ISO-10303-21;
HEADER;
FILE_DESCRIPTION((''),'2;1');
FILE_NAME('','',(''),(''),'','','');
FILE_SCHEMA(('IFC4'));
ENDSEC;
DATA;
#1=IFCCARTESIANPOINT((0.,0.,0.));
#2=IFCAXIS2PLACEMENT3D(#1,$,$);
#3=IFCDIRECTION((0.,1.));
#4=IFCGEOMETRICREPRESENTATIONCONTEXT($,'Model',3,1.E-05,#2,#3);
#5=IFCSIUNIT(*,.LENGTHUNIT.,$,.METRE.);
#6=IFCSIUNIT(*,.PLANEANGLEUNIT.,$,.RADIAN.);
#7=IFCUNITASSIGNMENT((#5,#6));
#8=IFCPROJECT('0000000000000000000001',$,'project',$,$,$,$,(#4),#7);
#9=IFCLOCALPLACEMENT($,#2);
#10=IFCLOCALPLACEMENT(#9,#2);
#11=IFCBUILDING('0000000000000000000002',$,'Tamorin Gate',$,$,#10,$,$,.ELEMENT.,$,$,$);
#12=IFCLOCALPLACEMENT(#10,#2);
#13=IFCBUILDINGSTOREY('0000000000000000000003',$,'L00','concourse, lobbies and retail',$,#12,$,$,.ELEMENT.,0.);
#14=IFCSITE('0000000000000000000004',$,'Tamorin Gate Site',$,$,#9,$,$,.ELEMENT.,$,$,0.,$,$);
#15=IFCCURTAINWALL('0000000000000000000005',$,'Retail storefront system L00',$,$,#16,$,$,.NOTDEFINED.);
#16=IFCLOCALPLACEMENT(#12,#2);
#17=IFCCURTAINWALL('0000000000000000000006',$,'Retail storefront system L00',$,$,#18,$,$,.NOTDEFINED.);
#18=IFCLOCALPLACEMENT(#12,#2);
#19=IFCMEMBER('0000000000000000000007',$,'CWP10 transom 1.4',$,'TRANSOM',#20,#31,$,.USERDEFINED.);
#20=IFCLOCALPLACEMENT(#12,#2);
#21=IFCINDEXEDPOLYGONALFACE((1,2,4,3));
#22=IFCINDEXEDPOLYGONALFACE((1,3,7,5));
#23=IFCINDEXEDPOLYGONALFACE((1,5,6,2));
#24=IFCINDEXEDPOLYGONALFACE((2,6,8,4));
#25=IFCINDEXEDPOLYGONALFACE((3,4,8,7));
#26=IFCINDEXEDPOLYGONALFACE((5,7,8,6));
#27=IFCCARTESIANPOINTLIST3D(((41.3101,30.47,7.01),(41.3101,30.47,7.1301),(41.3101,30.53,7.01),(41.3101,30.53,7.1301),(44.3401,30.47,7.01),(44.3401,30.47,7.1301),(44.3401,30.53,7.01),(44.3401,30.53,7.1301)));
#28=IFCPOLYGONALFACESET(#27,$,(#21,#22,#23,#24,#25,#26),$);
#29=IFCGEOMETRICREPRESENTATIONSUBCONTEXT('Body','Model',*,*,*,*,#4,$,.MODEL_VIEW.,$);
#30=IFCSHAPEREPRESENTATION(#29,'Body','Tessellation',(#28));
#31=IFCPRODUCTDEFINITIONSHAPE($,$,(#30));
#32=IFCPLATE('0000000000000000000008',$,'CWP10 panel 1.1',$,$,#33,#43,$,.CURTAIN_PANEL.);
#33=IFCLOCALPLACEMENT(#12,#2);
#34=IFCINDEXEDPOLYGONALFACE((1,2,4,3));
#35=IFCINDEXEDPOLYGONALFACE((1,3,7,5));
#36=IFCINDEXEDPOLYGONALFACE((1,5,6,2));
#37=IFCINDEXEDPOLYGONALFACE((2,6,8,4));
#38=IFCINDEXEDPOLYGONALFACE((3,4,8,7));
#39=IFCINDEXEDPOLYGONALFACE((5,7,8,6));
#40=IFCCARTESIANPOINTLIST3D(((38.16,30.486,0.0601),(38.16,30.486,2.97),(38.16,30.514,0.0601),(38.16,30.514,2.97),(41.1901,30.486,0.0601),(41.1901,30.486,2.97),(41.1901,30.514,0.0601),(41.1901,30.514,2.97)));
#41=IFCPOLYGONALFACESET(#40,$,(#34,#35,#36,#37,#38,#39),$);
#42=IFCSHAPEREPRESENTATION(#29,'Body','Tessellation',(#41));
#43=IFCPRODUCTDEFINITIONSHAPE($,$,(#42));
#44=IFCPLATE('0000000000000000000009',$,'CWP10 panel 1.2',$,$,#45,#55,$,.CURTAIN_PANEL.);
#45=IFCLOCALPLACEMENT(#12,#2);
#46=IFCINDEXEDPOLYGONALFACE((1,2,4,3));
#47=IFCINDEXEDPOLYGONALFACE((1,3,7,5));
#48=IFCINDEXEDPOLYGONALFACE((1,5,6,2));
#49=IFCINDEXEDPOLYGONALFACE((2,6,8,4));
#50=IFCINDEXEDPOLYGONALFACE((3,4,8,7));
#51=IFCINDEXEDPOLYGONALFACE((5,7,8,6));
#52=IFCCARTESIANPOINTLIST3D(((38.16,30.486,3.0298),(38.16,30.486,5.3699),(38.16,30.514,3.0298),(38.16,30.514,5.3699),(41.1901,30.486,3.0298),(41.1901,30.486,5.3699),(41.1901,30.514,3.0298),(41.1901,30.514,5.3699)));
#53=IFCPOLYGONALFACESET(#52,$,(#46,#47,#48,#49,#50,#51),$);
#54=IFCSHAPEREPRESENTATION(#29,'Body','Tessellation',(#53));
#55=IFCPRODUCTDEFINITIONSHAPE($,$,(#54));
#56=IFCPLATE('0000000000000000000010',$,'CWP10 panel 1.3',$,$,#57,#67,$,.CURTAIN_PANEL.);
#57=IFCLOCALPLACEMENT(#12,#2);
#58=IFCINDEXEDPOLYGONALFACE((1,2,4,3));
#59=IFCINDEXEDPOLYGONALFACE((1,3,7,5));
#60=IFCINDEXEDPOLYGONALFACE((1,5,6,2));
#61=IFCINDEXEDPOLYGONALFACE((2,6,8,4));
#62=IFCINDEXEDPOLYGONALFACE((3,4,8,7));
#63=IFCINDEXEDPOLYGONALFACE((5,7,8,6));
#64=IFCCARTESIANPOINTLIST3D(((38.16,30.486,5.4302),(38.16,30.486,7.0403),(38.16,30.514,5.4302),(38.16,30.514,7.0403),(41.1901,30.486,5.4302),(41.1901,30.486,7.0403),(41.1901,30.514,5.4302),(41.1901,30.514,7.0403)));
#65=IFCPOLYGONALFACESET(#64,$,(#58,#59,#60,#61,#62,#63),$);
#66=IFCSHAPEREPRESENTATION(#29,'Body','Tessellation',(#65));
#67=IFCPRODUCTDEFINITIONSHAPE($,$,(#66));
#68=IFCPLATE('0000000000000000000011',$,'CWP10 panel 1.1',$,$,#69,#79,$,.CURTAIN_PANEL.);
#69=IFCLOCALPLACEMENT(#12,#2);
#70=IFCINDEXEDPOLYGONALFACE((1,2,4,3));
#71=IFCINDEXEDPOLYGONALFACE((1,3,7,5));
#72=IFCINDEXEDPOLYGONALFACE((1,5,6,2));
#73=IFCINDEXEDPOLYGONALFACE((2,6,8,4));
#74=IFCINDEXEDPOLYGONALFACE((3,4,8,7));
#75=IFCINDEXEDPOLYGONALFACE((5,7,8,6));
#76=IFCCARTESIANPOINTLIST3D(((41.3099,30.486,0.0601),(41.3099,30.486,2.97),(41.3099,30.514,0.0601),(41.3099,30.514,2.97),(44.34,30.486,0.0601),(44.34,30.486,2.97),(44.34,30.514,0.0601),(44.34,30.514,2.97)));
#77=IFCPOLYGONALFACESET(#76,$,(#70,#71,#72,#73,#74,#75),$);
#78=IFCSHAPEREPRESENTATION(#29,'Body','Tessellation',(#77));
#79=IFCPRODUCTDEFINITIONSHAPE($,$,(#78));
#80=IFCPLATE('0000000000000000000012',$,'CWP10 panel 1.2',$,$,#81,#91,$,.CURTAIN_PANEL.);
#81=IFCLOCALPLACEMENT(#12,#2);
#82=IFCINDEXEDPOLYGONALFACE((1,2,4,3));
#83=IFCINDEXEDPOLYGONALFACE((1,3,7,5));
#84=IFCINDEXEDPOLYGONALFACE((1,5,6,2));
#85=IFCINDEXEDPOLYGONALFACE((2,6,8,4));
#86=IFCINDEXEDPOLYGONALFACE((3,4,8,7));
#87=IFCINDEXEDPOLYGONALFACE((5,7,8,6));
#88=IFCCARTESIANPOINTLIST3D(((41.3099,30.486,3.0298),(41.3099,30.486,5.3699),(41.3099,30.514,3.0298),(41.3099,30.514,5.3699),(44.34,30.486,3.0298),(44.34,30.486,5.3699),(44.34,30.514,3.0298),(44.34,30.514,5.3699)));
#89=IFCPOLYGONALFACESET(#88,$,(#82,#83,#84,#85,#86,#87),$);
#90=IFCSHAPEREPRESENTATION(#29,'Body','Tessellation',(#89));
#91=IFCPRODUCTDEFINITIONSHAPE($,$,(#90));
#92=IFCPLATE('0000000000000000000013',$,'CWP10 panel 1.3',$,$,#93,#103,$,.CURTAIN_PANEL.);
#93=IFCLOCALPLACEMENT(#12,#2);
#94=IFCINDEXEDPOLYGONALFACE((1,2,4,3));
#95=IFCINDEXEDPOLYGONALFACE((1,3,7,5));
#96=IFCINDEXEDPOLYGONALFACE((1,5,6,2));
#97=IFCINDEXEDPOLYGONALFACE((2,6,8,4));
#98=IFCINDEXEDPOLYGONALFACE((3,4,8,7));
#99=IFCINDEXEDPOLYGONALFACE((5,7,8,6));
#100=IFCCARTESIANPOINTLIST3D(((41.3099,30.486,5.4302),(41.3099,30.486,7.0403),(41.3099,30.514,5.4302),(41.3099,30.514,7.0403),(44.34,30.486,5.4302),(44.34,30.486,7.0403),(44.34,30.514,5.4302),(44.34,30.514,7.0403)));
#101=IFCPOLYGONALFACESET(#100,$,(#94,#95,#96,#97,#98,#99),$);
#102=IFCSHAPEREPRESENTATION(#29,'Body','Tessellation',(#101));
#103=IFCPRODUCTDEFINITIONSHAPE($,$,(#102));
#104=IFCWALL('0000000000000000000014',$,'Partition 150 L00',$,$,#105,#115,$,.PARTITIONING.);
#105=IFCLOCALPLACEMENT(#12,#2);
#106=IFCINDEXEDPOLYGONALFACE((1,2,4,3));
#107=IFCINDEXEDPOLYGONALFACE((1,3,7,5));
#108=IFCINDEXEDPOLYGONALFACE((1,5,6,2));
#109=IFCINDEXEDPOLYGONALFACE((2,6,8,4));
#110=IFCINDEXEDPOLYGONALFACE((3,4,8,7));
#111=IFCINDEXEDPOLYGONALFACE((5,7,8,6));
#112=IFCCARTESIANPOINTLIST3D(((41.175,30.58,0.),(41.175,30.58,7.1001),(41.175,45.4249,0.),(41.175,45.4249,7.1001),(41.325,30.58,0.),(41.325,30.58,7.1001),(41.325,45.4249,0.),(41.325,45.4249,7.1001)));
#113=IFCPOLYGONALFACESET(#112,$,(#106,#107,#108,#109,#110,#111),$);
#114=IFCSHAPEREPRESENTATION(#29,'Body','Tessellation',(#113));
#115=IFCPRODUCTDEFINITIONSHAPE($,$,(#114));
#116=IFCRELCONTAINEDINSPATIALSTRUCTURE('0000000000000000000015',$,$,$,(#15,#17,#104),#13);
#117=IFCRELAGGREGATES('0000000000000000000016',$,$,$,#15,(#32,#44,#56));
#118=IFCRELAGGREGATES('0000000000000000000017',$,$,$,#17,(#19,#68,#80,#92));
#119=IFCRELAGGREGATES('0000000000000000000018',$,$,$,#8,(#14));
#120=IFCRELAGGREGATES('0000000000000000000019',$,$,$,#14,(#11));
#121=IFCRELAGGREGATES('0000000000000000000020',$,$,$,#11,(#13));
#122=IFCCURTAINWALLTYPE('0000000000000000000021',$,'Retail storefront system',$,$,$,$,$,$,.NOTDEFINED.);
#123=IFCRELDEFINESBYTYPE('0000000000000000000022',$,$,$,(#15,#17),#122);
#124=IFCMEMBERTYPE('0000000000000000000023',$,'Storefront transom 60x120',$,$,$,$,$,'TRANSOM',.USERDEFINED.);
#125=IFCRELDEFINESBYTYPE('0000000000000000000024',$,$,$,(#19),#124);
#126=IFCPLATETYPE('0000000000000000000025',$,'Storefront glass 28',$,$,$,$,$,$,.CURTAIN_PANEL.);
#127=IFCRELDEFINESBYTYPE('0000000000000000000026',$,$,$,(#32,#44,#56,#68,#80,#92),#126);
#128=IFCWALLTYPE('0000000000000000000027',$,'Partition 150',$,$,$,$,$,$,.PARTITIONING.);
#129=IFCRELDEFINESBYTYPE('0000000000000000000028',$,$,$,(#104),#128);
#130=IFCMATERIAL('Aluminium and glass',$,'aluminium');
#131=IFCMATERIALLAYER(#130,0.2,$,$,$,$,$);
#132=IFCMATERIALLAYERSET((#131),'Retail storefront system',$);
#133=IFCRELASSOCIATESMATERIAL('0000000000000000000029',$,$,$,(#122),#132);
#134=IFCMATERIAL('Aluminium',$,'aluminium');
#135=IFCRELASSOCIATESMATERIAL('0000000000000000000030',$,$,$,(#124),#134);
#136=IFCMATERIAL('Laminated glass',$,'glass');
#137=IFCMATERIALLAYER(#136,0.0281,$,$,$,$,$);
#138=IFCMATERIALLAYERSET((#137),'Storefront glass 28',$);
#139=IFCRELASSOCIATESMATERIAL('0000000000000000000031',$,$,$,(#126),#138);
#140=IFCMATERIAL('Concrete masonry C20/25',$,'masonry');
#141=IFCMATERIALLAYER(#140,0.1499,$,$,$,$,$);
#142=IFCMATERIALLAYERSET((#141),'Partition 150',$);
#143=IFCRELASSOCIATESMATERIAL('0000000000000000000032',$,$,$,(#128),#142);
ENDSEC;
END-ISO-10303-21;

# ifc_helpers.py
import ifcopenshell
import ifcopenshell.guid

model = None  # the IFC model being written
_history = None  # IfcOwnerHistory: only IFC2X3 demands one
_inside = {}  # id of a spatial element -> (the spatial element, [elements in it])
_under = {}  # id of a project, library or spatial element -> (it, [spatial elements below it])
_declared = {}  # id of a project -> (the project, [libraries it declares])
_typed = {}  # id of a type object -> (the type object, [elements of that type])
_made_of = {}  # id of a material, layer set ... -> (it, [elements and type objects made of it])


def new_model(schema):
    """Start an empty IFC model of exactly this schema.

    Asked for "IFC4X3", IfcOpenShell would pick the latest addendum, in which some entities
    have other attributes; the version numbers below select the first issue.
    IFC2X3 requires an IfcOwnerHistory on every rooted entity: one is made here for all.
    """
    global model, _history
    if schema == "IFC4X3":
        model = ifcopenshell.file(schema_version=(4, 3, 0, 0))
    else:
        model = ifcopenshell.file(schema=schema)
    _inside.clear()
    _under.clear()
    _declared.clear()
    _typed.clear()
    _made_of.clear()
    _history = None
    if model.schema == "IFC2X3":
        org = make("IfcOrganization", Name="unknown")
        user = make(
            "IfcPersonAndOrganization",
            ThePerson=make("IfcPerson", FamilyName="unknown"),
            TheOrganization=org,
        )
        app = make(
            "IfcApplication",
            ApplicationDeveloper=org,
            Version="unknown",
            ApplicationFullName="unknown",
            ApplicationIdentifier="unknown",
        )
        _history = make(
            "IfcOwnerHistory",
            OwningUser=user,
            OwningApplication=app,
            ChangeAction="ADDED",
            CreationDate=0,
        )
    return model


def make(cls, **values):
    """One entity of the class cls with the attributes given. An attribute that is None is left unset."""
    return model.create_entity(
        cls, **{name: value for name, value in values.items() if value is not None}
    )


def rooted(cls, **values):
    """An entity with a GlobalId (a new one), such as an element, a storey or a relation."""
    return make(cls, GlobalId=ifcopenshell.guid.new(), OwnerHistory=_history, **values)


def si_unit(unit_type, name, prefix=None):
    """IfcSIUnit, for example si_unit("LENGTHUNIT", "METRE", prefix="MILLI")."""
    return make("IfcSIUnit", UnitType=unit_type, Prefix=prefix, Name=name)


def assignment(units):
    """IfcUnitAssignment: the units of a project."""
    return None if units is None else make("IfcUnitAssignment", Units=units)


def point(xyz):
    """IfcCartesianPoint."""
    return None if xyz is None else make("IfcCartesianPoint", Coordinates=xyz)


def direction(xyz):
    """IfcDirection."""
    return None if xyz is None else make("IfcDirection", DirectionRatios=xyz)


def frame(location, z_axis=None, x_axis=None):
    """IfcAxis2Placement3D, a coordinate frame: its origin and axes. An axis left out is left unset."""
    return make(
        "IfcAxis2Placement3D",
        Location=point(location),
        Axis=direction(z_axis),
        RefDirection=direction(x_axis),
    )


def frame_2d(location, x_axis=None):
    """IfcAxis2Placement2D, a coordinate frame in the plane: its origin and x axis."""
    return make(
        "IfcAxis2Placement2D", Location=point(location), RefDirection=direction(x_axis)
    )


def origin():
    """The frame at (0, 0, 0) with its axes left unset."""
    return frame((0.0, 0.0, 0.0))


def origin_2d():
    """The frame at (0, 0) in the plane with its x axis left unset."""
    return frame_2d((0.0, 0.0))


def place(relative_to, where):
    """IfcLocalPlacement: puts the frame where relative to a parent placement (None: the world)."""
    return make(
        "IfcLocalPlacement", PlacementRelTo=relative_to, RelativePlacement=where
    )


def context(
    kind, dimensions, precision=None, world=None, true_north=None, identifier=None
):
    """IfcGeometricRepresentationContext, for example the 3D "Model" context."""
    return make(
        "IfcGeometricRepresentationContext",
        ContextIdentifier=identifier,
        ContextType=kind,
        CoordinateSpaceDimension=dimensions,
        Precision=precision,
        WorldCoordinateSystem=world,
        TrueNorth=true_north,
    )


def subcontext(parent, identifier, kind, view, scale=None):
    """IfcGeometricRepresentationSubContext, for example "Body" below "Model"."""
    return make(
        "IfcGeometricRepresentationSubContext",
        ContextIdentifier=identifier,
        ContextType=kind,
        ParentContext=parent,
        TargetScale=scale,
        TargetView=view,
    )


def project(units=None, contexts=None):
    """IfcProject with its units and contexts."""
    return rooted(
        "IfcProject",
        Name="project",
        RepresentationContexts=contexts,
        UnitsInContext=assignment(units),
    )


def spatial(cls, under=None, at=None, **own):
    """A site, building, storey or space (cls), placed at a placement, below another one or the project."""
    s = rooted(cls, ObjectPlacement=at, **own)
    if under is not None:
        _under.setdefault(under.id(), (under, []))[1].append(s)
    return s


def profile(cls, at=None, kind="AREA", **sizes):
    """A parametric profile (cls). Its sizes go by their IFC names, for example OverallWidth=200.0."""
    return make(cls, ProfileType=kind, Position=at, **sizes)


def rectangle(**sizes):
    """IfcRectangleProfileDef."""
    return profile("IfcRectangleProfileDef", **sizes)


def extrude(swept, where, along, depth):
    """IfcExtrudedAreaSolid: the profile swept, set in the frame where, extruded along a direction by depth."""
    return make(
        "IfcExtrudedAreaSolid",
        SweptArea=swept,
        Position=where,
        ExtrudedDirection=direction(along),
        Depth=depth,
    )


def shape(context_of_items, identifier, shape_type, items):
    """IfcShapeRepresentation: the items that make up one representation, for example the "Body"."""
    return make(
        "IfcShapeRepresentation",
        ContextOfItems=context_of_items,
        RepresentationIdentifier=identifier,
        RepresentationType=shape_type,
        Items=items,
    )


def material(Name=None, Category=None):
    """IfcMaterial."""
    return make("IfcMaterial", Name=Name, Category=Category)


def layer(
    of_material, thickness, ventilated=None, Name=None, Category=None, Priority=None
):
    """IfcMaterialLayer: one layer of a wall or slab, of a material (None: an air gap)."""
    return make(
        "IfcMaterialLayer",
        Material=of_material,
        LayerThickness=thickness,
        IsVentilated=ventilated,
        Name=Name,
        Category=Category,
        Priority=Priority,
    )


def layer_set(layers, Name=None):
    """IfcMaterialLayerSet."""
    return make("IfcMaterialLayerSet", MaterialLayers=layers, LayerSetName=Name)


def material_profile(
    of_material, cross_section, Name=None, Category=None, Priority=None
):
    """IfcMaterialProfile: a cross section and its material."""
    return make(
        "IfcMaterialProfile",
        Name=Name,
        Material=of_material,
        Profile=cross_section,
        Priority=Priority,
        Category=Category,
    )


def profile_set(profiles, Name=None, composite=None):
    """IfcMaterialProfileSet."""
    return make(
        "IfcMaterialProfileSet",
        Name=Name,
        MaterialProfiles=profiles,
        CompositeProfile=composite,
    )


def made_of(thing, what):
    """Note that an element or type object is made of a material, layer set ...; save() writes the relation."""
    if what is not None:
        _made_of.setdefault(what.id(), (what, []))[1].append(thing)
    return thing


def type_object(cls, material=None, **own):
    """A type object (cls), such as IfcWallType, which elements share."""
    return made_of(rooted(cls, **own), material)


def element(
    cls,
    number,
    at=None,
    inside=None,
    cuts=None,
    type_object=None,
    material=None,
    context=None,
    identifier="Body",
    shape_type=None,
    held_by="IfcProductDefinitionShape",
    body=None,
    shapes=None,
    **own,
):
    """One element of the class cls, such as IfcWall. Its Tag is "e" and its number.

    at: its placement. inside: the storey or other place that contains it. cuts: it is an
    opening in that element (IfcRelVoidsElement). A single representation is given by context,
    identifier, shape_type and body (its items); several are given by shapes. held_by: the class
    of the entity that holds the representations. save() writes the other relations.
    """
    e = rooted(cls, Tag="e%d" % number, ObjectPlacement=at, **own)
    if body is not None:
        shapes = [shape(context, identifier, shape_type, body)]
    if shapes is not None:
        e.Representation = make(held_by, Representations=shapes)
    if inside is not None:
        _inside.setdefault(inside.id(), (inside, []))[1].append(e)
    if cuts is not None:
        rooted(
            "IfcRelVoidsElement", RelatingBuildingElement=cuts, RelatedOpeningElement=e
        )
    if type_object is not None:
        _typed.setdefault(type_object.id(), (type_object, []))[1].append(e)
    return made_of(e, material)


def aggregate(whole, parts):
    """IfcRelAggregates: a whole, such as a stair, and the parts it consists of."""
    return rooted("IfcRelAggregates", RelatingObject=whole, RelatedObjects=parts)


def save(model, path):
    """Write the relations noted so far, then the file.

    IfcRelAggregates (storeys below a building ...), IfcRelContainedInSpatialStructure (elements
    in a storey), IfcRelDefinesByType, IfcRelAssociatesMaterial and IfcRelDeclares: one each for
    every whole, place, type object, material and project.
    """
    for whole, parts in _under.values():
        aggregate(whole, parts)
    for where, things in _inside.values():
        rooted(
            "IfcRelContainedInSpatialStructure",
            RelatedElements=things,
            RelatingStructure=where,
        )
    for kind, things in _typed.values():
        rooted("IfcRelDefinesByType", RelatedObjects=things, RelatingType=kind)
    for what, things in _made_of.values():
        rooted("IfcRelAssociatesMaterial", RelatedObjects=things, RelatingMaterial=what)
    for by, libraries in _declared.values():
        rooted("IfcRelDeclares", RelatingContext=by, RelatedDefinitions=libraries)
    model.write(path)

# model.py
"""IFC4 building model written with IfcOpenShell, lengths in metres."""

from ifc_helpers import new_model, si_unit, direction, frame, frame_2d, origin, origin_2d, place, context, subcontext, project, spatial, rectangle, extrude, material, layer, layer_set, material_profile, profile_set, type_object, element, aggregate, save


model = new_model("IFC4")

# Units and contexts
model_context = context("Model", 3, precision=1e-05, world=origin(), true_north=direction((0.0, 1.0)))
body_context = subcontext(model_context, "Body", "Model", "MODEL_VIEW")
ifc_project = project(units=[si_unit("LENGTHUNIT", "METRE"), si_unit("PLANEANGLEUNIT", "RADIAN")], contexts=[model_context])

# Site, building, storey
site_placement = place(None, origin())
site = spatial("IfcSite", under=ifc_project, at=site_placement, Name="Tamorin Gate Site", CompositionType="ELEMENT", RefElevation=0.0)
building_placement = place(site_placement, origin())
building = spatial("IfcBuilding", under=site, at=building_placement, Name="Tamorin Gate", CompositionType="ELEMENT")
storey_placement = place(building_placement, origin())
storey = spatial("IfcBuildingStorey", under=building, at=storey_placement, Name="L00", Description="concourse, lobbies and retail", CompositionType="ELEMENT", Elevation=0.0)

# Curtain walls
ifc_material_1 = material(Name="Aluminium and glass", Category="aluminium")
ifc_layer_1 = layer(ifc_material_1, 0.2)
ifc_layer_set_1 = layer_set([ifc_layer_1], Name="Retail storefront system")
curtain_wall_type = type_object("IfcCurtainWallType", Name="Retail storefront system", PredefinedType="NOTDEFINED", material=ifc_layer_set_1)
curtain_wall_1_placement = place(storey_placement, origin())
curtain_wall_1 = element("IfcCurtainWall", 1, at=curtain_wall_1_placement, inside=storey, type_object=curtain_wall_type, Name="Retail storefront system L00", PredefinedType="NOTDEFINED")
ifc_material_2 = material(Name="Aluminium", Category="aluminium")
curtain_wall_2_placement = place(storey_placement, origin())
curtain_wall_2 = element("IfcCurtainWall", 2, at=curtain_wall_2_placement, inside=storey, type_object=curtain_wall_type, Name="Retail storefront system L00", PredefinedType="NOTDEFINED")

# Member
ifc_material_profile_1 = material_profile(ifc_material_2, rectangle(XDim=0.0601, YDim=0.1201, at=origin_2d()), Name="RECT 60x120")
ifc_profile_set_1 = profile_set([ifc_material_profile_1], Name="Aluminium")
member_type_1 = type_object("IfcMemberType", Name="Storefront transom 60x120", ElementType="TRANSOM", PredefinedType="USERDEFINED", material=ifc_profile_set_1)
member_1_placement = place(storey_placement, frame((41.3101, 30.5, 7.0701), z_axis=(1.0, 0.0, 0.0), x_axis=(0.0, 1.0, 0.0)))
member_1 = element("IfcMember", 3, at=member_1_placement, type_object=member_type_1, Name="CWP10 transom 1.4", ObjectType="TRANSOM", PredefinedType="USERDEFINED", context=body_context, shape_type="SweptSolid", body=[
    extrude(rectangle(XDim=0.0601, YDim=0.1201, at=origin_2d()), origin(), (0.0, 0.0, 1.0), 3.03),
])

# Plates
ifc_material_3 = material(Name="Laminated glass", Category="glass")
ifc_layer_2 = layer(ifc_material_3, 0.0281)
ifc_layer_set_2 = layer_set([ifc_layer_2], Name="Storefront glass 28")
plate_type = type_object("IfcPlateType", Name="Storefront glass 28", PredefinedType="CURTAIN_PANEL", material=ifc_layer_set_2)
plate_1_placement = place(storey_placement, frame((39.675, 30.5, 0.0601), z_axis=(0.0, 0.0, 1.0), x_axis=(1.0, 0.0, 0.0)))
plate_1 = element("IfcPlate", 4, at=plate_1_placement, type_object=plate_type, Name="CWP10 panel 1.1", PredefinedType="CURTAIN_PANEL", context=body_context, shape_type="SweptSolid", body=[
    extrude(rectangle(XDim=3.03, YDim=0.0281, at=origin_2d()), origin(), (0.0, 0.0, 1.0), 2.9099),
])
plate_2_placement = place(storey_placement, frame((39.675, 30.5, 3.0298), z_axis=(0.0, 0.0, 1.0), x_axis=(1.0, 0.0, 0.0)))
plate_2 = element("IfcPlate", 5, at=plate_2_placement, type_object=plate_type, Name="CWP10 panel 1.2", PredefinedType="CURTAIN_PANEL", context=body_context, shape_type="SweptSolid", body=[
    extrude(rectangle(XDim=3.03, YDim=0.0281, at=origin_2d()), origin(), (0.0, 0.0, 1.0), 2.3401),
])
plate_3_placement = place(storey_placement, frame((39.675, 30.5, 5.4302), z_axis=(0.0, 0.0, 1.0), x_axis=(1.0, 0.0, 0.0)))
plate_3 = element("IfcPlate", 6, at=plate_3_placement, type_object=plate_type, Name="CWP10 panel 1.3", PredefinedType="CURTAIN_PANEL", context=body_context, shape_type="SweptSolid", body=[
    extrude(rectangle(XDim=3.03, YDim=0.0281, at=origin_2d()), origin(), (0.0, 0.0, 1.0), 1.6101),
])
aggregate(curtain_wall_1, [plate_1, plate_2, plate_3])
plate_4_placement = place(storey_placement, frame((42.825, 30.5, 0.0601), z_axis=(0.0, 0.0, 1.0), x_axis=(1.0, 0.0, 0.0)))
plate_4 = element("IfcPlate", 7, at=plate_4_placement, type_object=plate_type, Name="CWP10 panel 1.1", PredefinedType="CURTAIN_PANEL", context=body_context, shape_type="SweptSolid", body=[
    extrude(rectangle(XDim=3.03, YDim=0.0281, at=origin_2d()), origin(), (0.0, 0.0, 1.0), 2.9099),
])
plate_5_placement = place(storey_placement, frame((42.825, 30.5, 3.0298), z_axis=(0.0, 0.0, 1.0), x_axis=(1.0, 0.0, 0.0)))
plate_5 = element("IfcPlate", 8, at=plate_5_placement, type_object=plate_type, Name="CWP10 panel 1.2", PredefinedType="CURTAIN_PANEL", context=body_context, shape_type="SweptSolid", body=[
    extrude(rectangle(XDim=3.03, YDim=0.0281, at=origin_2d()), origin(), (0.0, 0.0, 1.0), 2.3401),
])
plate_6_placement = place(storey_placement, frame((42.825, 30.5, 5.4302), z_axis=(0.0, 0.0, 1.0), x_axis=(1.0, 0.0, 0.0)))
plate_6 = element("IfcPlate", 9, at=plate_6_placement, type_object=plate_type, Name="CWP10 panel 1.3", PredefinedType="CURTAIN_PANEL", context=body_context, shape_type="SweptSolid", body=[
    extrude(rectangle(XDim=3.03, YDim=0.0281, at=origin_2d()), origin(), (0.0, 0.0, 1.0), 1.6101),
])
aggregate(curtain_wall_2, [member_1, plate_4, plate_5, plate_6])

# Wall
ifc_material_4 = material(Name="Concrete masonry C20/25", Category="masonry")
ifc_layer_3 = layer(ifc_material_4, 0.1499)
ifc_layer_set_3 = layer_set([ifc_layer_3], Name="Partition 150")
wall_type = type_object("IfcWallType", Name="Partition 150", PredefinedType="PARTITIONING", material=ifc_layer_set_3)
wall_placement = place(storey_placement, frame((41.25, 30.5801, 0.0), z_axis=(0.0, 0.0, 1.0), x_axis=(0.0, 1.0, 0.0)))
element("IfcWall", 10, at=wall_placement, inside=storey, type_object=wall_type, Name="Partition 150 L00", PredefinedType="PARTITIONING", context=body_context, shape_type="SweptSolid", body=[
    extrude(rectangle(XDim=14.845, YDim=0.1499, at=frame_2d((7.4224, 0.0))), origin(), (0.0, 0.0, 1.0), 7.1001),
])

save(model, "model.ifc")
